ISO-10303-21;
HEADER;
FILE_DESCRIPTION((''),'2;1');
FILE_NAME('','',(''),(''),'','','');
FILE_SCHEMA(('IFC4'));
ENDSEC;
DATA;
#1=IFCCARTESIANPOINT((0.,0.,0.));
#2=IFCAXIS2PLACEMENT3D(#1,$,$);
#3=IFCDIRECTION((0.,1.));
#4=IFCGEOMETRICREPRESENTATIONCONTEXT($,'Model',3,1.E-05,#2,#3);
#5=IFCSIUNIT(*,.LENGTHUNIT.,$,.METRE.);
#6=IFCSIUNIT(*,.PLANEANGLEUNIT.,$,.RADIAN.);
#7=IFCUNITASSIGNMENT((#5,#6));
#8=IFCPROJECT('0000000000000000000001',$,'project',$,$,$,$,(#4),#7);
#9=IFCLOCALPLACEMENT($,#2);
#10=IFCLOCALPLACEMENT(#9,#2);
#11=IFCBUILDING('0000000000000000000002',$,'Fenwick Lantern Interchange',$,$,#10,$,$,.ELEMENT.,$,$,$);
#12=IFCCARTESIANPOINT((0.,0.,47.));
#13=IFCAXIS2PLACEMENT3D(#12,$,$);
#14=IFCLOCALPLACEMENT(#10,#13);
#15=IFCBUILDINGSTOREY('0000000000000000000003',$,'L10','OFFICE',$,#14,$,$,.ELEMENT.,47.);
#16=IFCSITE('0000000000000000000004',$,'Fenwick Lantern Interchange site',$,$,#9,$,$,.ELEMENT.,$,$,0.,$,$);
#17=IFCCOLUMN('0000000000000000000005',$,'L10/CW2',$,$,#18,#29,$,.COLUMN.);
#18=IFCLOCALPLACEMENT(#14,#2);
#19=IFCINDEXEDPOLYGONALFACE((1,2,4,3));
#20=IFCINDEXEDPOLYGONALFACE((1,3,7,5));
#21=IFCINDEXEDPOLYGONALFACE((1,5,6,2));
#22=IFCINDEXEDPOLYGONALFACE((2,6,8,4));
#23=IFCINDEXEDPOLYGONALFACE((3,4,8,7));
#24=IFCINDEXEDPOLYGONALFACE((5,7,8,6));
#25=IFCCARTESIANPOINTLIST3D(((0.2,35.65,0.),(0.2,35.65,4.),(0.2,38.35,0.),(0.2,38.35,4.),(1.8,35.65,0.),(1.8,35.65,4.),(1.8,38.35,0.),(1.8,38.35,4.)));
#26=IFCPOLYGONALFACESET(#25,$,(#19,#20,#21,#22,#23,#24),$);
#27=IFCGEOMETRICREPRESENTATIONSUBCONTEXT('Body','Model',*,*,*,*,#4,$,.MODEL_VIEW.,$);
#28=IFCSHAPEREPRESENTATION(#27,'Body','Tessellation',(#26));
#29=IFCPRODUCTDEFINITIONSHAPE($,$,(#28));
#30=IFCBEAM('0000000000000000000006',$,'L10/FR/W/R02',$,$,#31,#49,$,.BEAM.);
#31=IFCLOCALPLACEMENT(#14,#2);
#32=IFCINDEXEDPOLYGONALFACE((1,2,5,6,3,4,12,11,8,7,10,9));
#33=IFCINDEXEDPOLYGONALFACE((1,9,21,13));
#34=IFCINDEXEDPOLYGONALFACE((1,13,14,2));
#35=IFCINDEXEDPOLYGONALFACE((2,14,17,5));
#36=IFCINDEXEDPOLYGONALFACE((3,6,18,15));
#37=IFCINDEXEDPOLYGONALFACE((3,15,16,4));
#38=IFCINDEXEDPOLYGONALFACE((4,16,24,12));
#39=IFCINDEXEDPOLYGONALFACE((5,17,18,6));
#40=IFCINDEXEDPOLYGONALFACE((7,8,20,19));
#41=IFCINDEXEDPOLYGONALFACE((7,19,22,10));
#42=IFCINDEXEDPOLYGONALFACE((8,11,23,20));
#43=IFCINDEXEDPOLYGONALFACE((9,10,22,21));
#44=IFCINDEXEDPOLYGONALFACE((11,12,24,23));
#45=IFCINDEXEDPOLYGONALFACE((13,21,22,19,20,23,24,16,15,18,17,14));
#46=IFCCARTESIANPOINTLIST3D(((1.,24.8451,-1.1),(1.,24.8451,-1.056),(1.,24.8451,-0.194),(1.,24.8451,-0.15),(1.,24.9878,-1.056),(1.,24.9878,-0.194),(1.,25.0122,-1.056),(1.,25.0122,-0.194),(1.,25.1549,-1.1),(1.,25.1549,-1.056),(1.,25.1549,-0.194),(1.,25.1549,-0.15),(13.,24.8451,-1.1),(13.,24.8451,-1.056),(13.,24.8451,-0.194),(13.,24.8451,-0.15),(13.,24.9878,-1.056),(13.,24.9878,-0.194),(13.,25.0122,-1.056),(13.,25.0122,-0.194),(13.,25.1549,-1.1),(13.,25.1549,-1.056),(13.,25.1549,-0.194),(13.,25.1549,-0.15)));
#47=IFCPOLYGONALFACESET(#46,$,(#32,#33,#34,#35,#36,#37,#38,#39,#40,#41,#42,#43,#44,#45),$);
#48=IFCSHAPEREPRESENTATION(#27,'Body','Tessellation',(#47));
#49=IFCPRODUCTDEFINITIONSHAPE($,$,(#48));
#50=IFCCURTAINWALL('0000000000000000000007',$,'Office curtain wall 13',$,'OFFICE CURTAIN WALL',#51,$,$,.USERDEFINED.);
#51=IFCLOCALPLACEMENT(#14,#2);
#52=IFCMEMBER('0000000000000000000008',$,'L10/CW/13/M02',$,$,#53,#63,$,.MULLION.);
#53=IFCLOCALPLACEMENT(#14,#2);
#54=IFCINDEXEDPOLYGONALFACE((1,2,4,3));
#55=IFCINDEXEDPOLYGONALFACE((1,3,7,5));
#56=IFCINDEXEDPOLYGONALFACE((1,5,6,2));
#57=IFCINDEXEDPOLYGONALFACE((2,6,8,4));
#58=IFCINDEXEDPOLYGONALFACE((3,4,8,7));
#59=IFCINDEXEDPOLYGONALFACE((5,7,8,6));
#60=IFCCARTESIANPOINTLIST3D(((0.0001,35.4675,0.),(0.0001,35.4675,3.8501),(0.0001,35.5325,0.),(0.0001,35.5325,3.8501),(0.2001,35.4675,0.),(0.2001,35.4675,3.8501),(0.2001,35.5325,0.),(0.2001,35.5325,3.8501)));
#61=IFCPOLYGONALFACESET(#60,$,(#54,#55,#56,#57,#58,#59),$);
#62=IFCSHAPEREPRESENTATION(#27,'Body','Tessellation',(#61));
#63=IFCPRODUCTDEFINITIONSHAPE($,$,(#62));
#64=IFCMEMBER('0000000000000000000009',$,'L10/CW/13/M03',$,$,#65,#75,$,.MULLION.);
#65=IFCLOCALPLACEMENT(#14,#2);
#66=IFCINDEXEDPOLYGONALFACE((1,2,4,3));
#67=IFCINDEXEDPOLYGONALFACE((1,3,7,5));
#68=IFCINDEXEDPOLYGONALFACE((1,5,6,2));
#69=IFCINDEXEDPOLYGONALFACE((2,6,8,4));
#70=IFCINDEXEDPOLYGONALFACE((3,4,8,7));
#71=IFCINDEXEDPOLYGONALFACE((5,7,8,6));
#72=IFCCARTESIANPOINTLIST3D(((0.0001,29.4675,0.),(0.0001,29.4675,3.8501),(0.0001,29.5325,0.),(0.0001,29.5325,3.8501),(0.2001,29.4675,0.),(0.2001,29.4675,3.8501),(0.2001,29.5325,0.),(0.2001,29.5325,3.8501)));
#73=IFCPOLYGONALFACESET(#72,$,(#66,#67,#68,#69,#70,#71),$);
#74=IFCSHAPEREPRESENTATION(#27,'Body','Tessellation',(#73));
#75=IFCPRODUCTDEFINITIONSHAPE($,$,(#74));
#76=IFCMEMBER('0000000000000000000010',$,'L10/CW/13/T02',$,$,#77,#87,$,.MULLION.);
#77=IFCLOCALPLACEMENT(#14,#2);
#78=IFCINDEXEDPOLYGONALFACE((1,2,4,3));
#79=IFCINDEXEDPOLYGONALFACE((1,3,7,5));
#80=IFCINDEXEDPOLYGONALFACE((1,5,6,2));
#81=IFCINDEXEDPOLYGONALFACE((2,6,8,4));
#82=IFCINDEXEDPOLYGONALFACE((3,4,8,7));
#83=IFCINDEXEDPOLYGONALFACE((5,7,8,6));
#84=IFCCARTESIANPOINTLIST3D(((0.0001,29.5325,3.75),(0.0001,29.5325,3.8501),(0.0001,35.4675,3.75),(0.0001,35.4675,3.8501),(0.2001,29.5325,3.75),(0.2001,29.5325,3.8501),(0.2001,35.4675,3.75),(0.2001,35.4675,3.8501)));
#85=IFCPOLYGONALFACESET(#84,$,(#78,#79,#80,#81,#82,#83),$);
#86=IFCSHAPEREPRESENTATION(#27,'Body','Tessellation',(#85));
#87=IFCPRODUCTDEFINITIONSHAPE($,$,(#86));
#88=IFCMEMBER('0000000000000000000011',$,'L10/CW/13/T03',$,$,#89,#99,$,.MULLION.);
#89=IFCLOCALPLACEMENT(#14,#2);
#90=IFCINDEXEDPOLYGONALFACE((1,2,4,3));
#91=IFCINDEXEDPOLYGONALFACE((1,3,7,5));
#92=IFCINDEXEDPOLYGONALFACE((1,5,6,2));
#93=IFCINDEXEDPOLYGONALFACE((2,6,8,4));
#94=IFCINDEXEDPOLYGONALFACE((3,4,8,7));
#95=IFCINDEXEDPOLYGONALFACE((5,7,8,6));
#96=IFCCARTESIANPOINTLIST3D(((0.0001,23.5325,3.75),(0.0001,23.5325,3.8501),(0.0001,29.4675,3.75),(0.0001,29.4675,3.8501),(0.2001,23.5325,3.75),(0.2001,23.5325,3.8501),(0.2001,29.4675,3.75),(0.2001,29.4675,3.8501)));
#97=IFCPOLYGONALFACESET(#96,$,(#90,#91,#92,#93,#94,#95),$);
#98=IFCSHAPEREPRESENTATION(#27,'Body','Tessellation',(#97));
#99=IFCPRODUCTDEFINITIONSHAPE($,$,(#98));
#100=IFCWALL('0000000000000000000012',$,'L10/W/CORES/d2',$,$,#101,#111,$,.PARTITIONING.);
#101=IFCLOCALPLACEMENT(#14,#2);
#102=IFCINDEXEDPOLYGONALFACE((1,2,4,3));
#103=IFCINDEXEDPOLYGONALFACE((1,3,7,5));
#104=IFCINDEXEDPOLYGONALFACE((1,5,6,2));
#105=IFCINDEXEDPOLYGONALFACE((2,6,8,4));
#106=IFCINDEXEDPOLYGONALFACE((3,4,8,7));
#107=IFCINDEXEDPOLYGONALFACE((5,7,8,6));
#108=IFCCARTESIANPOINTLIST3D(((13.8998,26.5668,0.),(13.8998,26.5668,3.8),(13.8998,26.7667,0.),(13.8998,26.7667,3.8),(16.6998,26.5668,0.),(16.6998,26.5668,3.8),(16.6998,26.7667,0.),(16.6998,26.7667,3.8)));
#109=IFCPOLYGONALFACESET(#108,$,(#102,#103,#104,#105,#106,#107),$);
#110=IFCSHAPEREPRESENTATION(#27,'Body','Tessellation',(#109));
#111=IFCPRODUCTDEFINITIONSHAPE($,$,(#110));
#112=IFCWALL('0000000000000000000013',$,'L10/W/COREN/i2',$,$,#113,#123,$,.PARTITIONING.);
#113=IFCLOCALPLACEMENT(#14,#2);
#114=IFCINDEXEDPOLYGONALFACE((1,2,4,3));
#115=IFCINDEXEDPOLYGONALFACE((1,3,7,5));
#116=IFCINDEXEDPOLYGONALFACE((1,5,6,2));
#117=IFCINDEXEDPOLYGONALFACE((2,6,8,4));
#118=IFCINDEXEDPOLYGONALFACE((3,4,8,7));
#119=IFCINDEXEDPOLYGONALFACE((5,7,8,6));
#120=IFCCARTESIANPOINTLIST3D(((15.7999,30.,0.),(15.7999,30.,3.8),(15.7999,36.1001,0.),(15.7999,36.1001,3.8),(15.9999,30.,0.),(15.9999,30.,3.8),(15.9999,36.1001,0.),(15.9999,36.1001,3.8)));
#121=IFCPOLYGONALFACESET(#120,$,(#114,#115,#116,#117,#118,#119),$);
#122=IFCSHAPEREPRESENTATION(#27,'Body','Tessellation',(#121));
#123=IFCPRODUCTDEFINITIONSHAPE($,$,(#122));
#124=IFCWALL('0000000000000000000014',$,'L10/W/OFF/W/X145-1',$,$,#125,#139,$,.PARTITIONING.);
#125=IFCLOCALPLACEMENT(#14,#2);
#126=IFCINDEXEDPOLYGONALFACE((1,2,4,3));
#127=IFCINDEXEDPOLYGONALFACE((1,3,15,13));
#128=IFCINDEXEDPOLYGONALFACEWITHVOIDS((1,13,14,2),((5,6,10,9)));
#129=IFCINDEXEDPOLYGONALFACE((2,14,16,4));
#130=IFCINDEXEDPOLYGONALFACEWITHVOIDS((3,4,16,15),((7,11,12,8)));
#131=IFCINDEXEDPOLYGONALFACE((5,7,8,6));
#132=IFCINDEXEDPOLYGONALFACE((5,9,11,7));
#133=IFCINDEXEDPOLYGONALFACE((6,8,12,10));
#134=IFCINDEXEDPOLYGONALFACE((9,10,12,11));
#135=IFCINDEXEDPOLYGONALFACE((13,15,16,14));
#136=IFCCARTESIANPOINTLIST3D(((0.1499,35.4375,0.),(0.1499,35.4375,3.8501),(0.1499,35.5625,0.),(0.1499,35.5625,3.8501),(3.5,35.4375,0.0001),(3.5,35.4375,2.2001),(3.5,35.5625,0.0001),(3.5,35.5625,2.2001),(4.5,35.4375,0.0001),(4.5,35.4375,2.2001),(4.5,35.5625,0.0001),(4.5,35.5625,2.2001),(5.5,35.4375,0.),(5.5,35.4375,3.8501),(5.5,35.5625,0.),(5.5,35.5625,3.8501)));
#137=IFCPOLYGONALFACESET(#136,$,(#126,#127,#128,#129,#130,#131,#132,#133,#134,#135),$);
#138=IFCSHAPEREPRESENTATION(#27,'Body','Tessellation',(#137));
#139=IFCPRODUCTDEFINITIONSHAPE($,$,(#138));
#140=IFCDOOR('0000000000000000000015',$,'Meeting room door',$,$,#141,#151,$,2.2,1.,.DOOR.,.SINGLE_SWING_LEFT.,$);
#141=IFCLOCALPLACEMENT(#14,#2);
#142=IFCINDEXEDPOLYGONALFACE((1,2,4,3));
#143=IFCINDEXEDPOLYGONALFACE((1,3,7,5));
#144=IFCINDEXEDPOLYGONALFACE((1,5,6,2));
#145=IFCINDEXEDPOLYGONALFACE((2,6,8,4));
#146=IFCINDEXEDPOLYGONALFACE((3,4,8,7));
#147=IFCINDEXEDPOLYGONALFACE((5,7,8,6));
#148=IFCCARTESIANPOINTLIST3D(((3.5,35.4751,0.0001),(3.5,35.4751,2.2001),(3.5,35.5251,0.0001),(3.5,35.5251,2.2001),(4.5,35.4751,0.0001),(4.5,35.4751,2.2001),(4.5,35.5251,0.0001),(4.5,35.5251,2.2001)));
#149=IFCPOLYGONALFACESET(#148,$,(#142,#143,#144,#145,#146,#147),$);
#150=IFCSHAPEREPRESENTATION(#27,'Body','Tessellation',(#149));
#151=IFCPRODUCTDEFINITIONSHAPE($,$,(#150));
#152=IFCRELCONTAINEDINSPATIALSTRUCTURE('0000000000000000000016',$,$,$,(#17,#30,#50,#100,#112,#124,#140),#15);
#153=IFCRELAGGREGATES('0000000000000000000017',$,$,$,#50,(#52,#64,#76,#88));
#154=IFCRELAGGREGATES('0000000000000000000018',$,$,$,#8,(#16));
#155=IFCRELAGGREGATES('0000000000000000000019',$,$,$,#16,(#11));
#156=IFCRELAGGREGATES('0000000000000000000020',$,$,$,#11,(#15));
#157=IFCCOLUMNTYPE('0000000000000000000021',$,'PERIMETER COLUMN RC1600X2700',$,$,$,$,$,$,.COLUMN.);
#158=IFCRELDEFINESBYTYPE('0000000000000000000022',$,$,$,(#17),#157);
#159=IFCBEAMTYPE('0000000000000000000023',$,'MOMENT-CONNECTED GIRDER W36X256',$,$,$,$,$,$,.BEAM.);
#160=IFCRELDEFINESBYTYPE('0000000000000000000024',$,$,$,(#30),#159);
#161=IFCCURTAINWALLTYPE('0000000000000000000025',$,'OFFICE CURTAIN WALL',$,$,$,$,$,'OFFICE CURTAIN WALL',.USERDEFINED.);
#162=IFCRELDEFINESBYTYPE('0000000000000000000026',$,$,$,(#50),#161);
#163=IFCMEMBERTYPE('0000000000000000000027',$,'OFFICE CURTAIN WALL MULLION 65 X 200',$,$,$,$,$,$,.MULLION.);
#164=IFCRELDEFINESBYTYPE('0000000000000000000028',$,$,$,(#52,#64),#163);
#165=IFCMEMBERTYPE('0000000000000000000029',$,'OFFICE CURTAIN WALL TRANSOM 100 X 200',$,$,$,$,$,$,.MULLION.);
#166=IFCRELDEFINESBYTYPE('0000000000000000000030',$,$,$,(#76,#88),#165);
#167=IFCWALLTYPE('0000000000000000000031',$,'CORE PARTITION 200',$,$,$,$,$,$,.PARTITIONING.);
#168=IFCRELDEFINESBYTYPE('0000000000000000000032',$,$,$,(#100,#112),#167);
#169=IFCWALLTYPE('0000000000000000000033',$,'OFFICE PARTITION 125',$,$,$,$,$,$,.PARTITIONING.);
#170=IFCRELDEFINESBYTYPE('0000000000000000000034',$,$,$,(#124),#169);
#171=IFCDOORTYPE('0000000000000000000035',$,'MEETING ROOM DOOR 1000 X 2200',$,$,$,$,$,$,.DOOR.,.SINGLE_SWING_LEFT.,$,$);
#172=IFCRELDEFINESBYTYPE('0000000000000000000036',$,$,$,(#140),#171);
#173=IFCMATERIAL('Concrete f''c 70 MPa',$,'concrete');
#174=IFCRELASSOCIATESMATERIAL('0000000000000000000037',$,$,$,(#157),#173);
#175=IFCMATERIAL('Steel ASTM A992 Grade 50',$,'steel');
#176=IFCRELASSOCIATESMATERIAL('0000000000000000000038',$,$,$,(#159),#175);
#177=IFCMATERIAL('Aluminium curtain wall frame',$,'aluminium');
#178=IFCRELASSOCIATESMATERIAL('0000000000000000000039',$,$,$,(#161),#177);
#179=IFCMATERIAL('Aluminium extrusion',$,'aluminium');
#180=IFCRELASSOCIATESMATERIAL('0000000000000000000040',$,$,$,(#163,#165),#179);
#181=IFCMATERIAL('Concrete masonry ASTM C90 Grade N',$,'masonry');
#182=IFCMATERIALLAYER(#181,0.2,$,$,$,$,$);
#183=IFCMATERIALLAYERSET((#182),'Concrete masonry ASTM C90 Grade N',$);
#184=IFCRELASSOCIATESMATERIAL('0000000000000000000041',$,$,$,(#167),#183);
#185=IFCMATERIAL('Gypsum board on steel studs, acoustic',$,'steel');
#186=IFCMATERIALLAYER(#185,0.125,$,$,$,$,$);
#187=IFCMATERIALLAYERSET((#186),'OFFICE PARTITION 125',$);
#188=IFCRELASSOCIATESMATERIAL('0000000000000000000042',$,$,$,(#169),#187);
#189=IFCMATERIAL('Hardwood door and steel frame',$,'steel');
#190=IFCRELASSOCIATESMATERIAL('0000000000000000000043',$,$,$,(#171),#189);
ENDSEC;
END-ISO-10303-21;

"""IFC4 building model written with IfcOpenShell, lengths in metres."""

from ifc_helpers import new_model, si_unit, direction, frame, frame_2d, origin, origin_2d, place, context, subcontext, project, spatial, rectangle, i_section, extrude, material, layer, layer_set, material_profile, profile_set, type_object, element, fill, aggregate, save


model = new_model("IFC4")

# Units and contexts
model_context = context("Model", 3, precision=1e-05, world=origin(), true_north=direction((0.0, 1.0)))
body_context = subcontext(model_context, "Body", "Model", "MODEL_VIEW")
ifc_project = project(units=[si_unit("LENGTHUNIT", "METRE"), si_unit("PLANEANGLEUNIT", "RADIAN")], contexts=[model_context])

# Site, building, storey
site_placement = place(None, origin())
site = spatial("IfcSite", under=ifc_project, at=site_placement, Name="Fenwick Lantern Interchange site", CompositionType="ELEMENT", RefElevation=0.0)
building_placement = place(site_placement, origin())
building = spatial("IfcBuilding", under=site, at=building_placement, Name="Fenwick Lantern Interchange", CompositionType="ELEMENT")
storey_placement = place(building_placement, frame((0.0, 0.0, 47.0)))
storey = spatial("IfcBuildingStorey", under=building, at=storey_placement, Name="L10", Description="OFFICE", CompositionType="ELEMENT", Elevation=47.0)

# Column
ifc_material_1 = material(Name="Concrete f'c 70 MPa", Category="concrete")
ifc_material_profile_1 = material_profile(ifc_material_1, rectangle(XDim=1.6001, YDim=2.7, at=origin_2d()), Name="RC1600X2700")
ifc_profile_set_1 = profile_set([ifc_material_profile_1], Name="Concrete f'c 70 MPa")
column_type = type_object("IfcColumnType", Name="PERIMETER COLUMN RC1600X2700", PredefinedType="COLUMN", material=ifc_profile_set_1)
column_placement = place(storey_placement, frame((1.0, 37.0, 0.0), z_axis=(0.0, 0.0, 1.0), x_axis=(1.0, 0.0, 0.0)))
element("IfcColumn", 1, at=column_placement, inside=storey, type_object=column_type, Name="L10/CW2", PredefinedType="COLUMN", context=body_context, shape_type="SweptSolid", body=[
    extrude(rectangle(XDim=1.6001, YDim=2.7, at=origin_2d()), origin(), (0.0, 0.0, 1.0), 4.0),
])

# Beam
ifc_material_2 = material(Name="Steel ASTM A992 Grade 50", Category="steel")
ifc_material_profile_2 = material_profile(ifc_material_2, i_section(OverallWidth=0.3098, OverallDepth=0.95, WebThickness=0.0244, FlangeThickness=0.0439, at=origin_2d()), Name="W36X256")
ifc_profile_set_2 = profile_set([ifc_material_profile_2], Name="Steel ASTM A992 Grade 50")
beam_type = type_object("IfcBeamType", Name="MOMENT-CONNECTED GIRDER W36X256", PredefinedType="BEAM", material=ifc_profile_set_2)
beam_placement = place(storey_placement, frame((1.0, 25.0, -0.625), z_axis=(1.0, 0.0, 0.0), x_axis=(0.0, 1.0, 0.0)))
element("IfcBeam", 2, at=beam_placement, inside=storey, type_object=beam_type, Name="L10/FR/W/R02", PredefinedType="BEAM", context=body_context, shape_type="SweptSolid", body=[
    extrude(i_section(OverallWidth=0.3098, OverallDepth=0.95, WebThickness=0.0244, FlangeThickness=0.0439, at=origin_2d()), origin(), (0.0, 0.0, 1.0), 12.0),
])

# Curtain wall, members
ifc_material_3 = material(Name="Aluminium curtain wall frame", Category="aluminium")
curtain_wall_type = type_object("IfcCurtainWallType", Name="OFFICE CURTAIN WALL", ElementType="OFFICE CURTAIN WALL", PredefinedType="USERDEFINED", material=ifc_material_3)
curtain_wall_placement = place(storey_placement, origin())
curtain_wall = element("IfcCurtainWall", 3, at=curtain_wall_placement, inside=storey, type_object=curtain_wall_type, Name="Office curtain wall 13", ObjectType="OFFICE CURTAIN WALL", PredefinedType="USERDEFINED")
ifc_material_4 = material(Name="Aluminium extrusion", Category="aluminium")
ifc_material_profile_3 = material_profile(ifc_material_4, rectangle(XDim=0.2, YDim=0.0649, at=origin_2d()), Name="OFFICE CURTAIN WALL MULLION 65 X 200")
ifc_profile_set_3 = profile_set([ifc_material_profile_3], Name="Aluminium extrusion")
member_type_1 = type_object("IfcMemberType", Name="OFFICE CURTAIN WALL MULLION 65 X 200", PredefinedType="MULLION", material=ifc_profile_set_3)
member_1_placement = place(storey_placement, frame((0.1001, 35.5, 0.0), z_axis=(0.0, 0.0, 1.0), x_axis=(1.0, 0.0, 0.0)))
member_1 = element("IfcMember", 4, at=member_1_placement, type_object=member_type_1, Name="L10/CW/13/M02", PredefinedType="MULLION", context=body_context, shape_type="SweptSolid", body=[
    extrude(rectangle(XDim=0.2, YDim=0.0649, at=origin_2d()), origin(), (0.0, 0.0, 1.0), 3.8501),
])
member_2_placement = place(storey_placement, frame((0.1001, 29.5, 0.0), z_axis=(0.0, 0.0, 1.0), x_axis=(1.0, 0.0, 0.0)))
member_2 = element("IfcMember", 5, at=member_2_placement, type_object=member_type_1, Name="L10/CW/13/M03", PredefinedType="MULLION", context=body_context, shape_type="SweptSolid", body=[
    extrude(rectangle(XDim=0.2, YDim=0.0649, at=origin_2d()), origin(), (0.0, 0.0, 1.0), 3.8501),
])
ifc_material_profile_4 = material_profile(ifc_material_4, rectangle(XDim=0.2, YDim=0.1001, at=origin_2d()), Name="OFFICE CURTAIN WALL TRANSOM 100 X 200")
ifc_profile_set_4 = profile_set([ifc_material_profile_4], Name="Aluminium extrusion")
member_type_2 = type_object("IfcMemberType", Name="OFFICE CURTAIN WALL TRANSOM 100 X 200", PredefinedType="MULLION", material=ifc_profile_set_4)
member_3_placement = place(storey_placement, frame((0.1001, 35.4675, 3.8), z_axis=(0.0, -1.0, 0.0), x_axis=(1.0, 0.0, 0.0)))
member_3 = element("IfcMember", 6, at=member_3_placement, type_object=member_type_2, Name="L10/CW/13/T02", PredefinedType="MULLION", context=body_context, shape_type="SweptSolid", body=[
    extrude(rectangle(XDim=0.2, YDim=0.1001, at=origin_2d()), origin(), (0.0, 0.0, 1.0), 5.9351),
])
member_4_placement = place(storey_placement, frame((0.1001, 29.4675, 3.8), z_axis=(0.0, -1.0, 0.0), x_axis=(1.0, 0.0, 0.0)))
member_4 = element("IfcMember", 7, at=member_4_placement, type_object=member_type_2, Name="L10/CW/13/T03", PredefinedType="MULLION", context=body_context, shape_type="SweptSolid", body=[
    extrude(rectangle(XDim=0.2, YDim=0.1001, at=origin_2d()), origin(), (0.0, 0.0, 1.0), 5.9351),
])
aggregate(curtain_wall, [member_1, member_2, member_3, member_4])

# Walls
ifc_material_5 = material(Name="Concrete masonry ASTM C90 Grade N", Category="masonry")
ifc_layer_1 = layer(ifc_material_5, 0.2)
ifc_layer_set_1 = layer_set([ifc_layer_1], Name="Concrete masonry ASTM C90 Grade N")
wall_type_1 = type_object("IfcWallType", Name="CORE PARTITION 200", PredefinedType="PARTITIONING", material=ifc_layer_set_1)
wall_1_placement = place(storey_placement, frame((13.8999, 26.6667, 0.0), z_axis=(0.0, 0.0, 1.0), x_axis=(1.0, 0.0, 0.0)))
element("IfcWall", 8, at=wall_1_placement, inside=storey, type_object=wall_type_1, Name="L10/W/CORES/d2", PredefinedType="PARTITIONING", context=body_context, shape_type="SweptSolid", body=[
    extrude(rectangle(XDim=2.8, YDim=0.2, at=frame_2d((1.3999, 0.0))), origin(), (0.0, 0.0, 1.0), 3.8),
])
wall_2_placement = place(storey_placement, frame((15.8999, 36.1001, 0.0), z_axis=(0.0, 0.0, 1.0), x_axis=(0.0, -1.0, 0.0)))
element("IfcWall", 9, at=wall_2_placement, inside=storey, type_object=wall_type_1, Name="L10/W/COREN/i2", PredefinedType="PARTITIONING", context=body_context, shape_type="SweptSolid", body=[
    extrude(rectangle(XDim=6.1001, YDim=0.2, at=frame_2d((3.05, 0.0))), origin(), (0.0, 0.0, 1.0), 3.8),
])

# Shared definitions
ifc_material_6 = material(Name="Hardwood door and steel frame", Category="steel")

# Wall, opening, door
ifc_material_7 = material(Name="Gypsum board on steel studs, acoustic", Category="steel")
ifc_layer_2 = layer(ifc_material_7, 0.125)
ifc_layer_set_2 = layer_set([ifc_layer_2], Name="OFFICE PARTITION 125")
wall_type_2 = type_object("IfcWallType", Name="OFFICE PARTITION 125", PredefinedType="PARTITIONING", material=ifc_layer_set_2)
wall_3_placement = place(storey_placement, frame((0.1499, 35.5, 0.0), z_axis=(0.0, 0.0, 1.0), x_axis=(1.0, 0.0, 0.0)))
wall_3 = element("IfcWall", 10, at=wall_3_placement, inside=storey, type_object=wall_type_2, Name="L10/W/OFF/W/X145-1", PredefinedType="PARTITIONING", context=body_context, shape_type="SweptSolid", body=[
    extrude(rectangle(XDim=5.3501, YDim=0.125, at=frame_2d((2.675, 0.0))), origin(), (0.0, 0.0, 1.0), 3.8501),
])
opening_1_placement = place(wall_3_placement, frame((3.3501, 0.0, 0.0)))
opening_1 = element("IfcOpeningElement", 11, at=opening_1_placement, cuts=wall_3, PredefinedType="OPENING", context=body_context, shape_type="SweptSolid", body=[
    extrude(rectangle(XDim=1.0, YDim=2.2, at=frame_2d((0.5, 1.1001))), frame((0.0, 0.0725, 0.0), z_axis=(0.0, -1.0, 0.0), x_axis=(1.0, 0.0, 0.0)), (0.0, 0.0, 1.0), 0.145),
])
door_type_1 = type_object("IfcDoorType", Name="MEETING ROOM DOOR 1000 X 2200", OperationType="SINGLE_SWING_LEFT", PredefinedType="DOOR", material=ifc_material_6)
door_1_placement = place(opening_1_placement, frame((1.0, 0.0, 0.0), z_axis=(0.0, 0.0, 1.0), x_axis=(-1.0, 0.0, 0.0)))
door_1 = element("IfcDoor", 12, at=door_1_placement, inside=storey, type_object=door_type_1, Name="Meeting room door", OperationType="SINGLE_SWING_LEFT", OverallHeight=2.2, OverallWidth=1.0, PredefinedType="DOOR", context=body_context, shape_type="SweptSolid", body=[
    extrude(rectangle(XDim=1.0, YDim=2.2, at=frame_2d((0.5, 1.1001))), frame((0.0, 0.0249, 0.0), z_axis=(0.0, -1.0, 0.0), x_axis=(1.0, 0.0, 0.0)), (0.0, 0.0, 1.0), 0.05),
])
fill(opening_1, door_1)

save(model, "model.ifc")
